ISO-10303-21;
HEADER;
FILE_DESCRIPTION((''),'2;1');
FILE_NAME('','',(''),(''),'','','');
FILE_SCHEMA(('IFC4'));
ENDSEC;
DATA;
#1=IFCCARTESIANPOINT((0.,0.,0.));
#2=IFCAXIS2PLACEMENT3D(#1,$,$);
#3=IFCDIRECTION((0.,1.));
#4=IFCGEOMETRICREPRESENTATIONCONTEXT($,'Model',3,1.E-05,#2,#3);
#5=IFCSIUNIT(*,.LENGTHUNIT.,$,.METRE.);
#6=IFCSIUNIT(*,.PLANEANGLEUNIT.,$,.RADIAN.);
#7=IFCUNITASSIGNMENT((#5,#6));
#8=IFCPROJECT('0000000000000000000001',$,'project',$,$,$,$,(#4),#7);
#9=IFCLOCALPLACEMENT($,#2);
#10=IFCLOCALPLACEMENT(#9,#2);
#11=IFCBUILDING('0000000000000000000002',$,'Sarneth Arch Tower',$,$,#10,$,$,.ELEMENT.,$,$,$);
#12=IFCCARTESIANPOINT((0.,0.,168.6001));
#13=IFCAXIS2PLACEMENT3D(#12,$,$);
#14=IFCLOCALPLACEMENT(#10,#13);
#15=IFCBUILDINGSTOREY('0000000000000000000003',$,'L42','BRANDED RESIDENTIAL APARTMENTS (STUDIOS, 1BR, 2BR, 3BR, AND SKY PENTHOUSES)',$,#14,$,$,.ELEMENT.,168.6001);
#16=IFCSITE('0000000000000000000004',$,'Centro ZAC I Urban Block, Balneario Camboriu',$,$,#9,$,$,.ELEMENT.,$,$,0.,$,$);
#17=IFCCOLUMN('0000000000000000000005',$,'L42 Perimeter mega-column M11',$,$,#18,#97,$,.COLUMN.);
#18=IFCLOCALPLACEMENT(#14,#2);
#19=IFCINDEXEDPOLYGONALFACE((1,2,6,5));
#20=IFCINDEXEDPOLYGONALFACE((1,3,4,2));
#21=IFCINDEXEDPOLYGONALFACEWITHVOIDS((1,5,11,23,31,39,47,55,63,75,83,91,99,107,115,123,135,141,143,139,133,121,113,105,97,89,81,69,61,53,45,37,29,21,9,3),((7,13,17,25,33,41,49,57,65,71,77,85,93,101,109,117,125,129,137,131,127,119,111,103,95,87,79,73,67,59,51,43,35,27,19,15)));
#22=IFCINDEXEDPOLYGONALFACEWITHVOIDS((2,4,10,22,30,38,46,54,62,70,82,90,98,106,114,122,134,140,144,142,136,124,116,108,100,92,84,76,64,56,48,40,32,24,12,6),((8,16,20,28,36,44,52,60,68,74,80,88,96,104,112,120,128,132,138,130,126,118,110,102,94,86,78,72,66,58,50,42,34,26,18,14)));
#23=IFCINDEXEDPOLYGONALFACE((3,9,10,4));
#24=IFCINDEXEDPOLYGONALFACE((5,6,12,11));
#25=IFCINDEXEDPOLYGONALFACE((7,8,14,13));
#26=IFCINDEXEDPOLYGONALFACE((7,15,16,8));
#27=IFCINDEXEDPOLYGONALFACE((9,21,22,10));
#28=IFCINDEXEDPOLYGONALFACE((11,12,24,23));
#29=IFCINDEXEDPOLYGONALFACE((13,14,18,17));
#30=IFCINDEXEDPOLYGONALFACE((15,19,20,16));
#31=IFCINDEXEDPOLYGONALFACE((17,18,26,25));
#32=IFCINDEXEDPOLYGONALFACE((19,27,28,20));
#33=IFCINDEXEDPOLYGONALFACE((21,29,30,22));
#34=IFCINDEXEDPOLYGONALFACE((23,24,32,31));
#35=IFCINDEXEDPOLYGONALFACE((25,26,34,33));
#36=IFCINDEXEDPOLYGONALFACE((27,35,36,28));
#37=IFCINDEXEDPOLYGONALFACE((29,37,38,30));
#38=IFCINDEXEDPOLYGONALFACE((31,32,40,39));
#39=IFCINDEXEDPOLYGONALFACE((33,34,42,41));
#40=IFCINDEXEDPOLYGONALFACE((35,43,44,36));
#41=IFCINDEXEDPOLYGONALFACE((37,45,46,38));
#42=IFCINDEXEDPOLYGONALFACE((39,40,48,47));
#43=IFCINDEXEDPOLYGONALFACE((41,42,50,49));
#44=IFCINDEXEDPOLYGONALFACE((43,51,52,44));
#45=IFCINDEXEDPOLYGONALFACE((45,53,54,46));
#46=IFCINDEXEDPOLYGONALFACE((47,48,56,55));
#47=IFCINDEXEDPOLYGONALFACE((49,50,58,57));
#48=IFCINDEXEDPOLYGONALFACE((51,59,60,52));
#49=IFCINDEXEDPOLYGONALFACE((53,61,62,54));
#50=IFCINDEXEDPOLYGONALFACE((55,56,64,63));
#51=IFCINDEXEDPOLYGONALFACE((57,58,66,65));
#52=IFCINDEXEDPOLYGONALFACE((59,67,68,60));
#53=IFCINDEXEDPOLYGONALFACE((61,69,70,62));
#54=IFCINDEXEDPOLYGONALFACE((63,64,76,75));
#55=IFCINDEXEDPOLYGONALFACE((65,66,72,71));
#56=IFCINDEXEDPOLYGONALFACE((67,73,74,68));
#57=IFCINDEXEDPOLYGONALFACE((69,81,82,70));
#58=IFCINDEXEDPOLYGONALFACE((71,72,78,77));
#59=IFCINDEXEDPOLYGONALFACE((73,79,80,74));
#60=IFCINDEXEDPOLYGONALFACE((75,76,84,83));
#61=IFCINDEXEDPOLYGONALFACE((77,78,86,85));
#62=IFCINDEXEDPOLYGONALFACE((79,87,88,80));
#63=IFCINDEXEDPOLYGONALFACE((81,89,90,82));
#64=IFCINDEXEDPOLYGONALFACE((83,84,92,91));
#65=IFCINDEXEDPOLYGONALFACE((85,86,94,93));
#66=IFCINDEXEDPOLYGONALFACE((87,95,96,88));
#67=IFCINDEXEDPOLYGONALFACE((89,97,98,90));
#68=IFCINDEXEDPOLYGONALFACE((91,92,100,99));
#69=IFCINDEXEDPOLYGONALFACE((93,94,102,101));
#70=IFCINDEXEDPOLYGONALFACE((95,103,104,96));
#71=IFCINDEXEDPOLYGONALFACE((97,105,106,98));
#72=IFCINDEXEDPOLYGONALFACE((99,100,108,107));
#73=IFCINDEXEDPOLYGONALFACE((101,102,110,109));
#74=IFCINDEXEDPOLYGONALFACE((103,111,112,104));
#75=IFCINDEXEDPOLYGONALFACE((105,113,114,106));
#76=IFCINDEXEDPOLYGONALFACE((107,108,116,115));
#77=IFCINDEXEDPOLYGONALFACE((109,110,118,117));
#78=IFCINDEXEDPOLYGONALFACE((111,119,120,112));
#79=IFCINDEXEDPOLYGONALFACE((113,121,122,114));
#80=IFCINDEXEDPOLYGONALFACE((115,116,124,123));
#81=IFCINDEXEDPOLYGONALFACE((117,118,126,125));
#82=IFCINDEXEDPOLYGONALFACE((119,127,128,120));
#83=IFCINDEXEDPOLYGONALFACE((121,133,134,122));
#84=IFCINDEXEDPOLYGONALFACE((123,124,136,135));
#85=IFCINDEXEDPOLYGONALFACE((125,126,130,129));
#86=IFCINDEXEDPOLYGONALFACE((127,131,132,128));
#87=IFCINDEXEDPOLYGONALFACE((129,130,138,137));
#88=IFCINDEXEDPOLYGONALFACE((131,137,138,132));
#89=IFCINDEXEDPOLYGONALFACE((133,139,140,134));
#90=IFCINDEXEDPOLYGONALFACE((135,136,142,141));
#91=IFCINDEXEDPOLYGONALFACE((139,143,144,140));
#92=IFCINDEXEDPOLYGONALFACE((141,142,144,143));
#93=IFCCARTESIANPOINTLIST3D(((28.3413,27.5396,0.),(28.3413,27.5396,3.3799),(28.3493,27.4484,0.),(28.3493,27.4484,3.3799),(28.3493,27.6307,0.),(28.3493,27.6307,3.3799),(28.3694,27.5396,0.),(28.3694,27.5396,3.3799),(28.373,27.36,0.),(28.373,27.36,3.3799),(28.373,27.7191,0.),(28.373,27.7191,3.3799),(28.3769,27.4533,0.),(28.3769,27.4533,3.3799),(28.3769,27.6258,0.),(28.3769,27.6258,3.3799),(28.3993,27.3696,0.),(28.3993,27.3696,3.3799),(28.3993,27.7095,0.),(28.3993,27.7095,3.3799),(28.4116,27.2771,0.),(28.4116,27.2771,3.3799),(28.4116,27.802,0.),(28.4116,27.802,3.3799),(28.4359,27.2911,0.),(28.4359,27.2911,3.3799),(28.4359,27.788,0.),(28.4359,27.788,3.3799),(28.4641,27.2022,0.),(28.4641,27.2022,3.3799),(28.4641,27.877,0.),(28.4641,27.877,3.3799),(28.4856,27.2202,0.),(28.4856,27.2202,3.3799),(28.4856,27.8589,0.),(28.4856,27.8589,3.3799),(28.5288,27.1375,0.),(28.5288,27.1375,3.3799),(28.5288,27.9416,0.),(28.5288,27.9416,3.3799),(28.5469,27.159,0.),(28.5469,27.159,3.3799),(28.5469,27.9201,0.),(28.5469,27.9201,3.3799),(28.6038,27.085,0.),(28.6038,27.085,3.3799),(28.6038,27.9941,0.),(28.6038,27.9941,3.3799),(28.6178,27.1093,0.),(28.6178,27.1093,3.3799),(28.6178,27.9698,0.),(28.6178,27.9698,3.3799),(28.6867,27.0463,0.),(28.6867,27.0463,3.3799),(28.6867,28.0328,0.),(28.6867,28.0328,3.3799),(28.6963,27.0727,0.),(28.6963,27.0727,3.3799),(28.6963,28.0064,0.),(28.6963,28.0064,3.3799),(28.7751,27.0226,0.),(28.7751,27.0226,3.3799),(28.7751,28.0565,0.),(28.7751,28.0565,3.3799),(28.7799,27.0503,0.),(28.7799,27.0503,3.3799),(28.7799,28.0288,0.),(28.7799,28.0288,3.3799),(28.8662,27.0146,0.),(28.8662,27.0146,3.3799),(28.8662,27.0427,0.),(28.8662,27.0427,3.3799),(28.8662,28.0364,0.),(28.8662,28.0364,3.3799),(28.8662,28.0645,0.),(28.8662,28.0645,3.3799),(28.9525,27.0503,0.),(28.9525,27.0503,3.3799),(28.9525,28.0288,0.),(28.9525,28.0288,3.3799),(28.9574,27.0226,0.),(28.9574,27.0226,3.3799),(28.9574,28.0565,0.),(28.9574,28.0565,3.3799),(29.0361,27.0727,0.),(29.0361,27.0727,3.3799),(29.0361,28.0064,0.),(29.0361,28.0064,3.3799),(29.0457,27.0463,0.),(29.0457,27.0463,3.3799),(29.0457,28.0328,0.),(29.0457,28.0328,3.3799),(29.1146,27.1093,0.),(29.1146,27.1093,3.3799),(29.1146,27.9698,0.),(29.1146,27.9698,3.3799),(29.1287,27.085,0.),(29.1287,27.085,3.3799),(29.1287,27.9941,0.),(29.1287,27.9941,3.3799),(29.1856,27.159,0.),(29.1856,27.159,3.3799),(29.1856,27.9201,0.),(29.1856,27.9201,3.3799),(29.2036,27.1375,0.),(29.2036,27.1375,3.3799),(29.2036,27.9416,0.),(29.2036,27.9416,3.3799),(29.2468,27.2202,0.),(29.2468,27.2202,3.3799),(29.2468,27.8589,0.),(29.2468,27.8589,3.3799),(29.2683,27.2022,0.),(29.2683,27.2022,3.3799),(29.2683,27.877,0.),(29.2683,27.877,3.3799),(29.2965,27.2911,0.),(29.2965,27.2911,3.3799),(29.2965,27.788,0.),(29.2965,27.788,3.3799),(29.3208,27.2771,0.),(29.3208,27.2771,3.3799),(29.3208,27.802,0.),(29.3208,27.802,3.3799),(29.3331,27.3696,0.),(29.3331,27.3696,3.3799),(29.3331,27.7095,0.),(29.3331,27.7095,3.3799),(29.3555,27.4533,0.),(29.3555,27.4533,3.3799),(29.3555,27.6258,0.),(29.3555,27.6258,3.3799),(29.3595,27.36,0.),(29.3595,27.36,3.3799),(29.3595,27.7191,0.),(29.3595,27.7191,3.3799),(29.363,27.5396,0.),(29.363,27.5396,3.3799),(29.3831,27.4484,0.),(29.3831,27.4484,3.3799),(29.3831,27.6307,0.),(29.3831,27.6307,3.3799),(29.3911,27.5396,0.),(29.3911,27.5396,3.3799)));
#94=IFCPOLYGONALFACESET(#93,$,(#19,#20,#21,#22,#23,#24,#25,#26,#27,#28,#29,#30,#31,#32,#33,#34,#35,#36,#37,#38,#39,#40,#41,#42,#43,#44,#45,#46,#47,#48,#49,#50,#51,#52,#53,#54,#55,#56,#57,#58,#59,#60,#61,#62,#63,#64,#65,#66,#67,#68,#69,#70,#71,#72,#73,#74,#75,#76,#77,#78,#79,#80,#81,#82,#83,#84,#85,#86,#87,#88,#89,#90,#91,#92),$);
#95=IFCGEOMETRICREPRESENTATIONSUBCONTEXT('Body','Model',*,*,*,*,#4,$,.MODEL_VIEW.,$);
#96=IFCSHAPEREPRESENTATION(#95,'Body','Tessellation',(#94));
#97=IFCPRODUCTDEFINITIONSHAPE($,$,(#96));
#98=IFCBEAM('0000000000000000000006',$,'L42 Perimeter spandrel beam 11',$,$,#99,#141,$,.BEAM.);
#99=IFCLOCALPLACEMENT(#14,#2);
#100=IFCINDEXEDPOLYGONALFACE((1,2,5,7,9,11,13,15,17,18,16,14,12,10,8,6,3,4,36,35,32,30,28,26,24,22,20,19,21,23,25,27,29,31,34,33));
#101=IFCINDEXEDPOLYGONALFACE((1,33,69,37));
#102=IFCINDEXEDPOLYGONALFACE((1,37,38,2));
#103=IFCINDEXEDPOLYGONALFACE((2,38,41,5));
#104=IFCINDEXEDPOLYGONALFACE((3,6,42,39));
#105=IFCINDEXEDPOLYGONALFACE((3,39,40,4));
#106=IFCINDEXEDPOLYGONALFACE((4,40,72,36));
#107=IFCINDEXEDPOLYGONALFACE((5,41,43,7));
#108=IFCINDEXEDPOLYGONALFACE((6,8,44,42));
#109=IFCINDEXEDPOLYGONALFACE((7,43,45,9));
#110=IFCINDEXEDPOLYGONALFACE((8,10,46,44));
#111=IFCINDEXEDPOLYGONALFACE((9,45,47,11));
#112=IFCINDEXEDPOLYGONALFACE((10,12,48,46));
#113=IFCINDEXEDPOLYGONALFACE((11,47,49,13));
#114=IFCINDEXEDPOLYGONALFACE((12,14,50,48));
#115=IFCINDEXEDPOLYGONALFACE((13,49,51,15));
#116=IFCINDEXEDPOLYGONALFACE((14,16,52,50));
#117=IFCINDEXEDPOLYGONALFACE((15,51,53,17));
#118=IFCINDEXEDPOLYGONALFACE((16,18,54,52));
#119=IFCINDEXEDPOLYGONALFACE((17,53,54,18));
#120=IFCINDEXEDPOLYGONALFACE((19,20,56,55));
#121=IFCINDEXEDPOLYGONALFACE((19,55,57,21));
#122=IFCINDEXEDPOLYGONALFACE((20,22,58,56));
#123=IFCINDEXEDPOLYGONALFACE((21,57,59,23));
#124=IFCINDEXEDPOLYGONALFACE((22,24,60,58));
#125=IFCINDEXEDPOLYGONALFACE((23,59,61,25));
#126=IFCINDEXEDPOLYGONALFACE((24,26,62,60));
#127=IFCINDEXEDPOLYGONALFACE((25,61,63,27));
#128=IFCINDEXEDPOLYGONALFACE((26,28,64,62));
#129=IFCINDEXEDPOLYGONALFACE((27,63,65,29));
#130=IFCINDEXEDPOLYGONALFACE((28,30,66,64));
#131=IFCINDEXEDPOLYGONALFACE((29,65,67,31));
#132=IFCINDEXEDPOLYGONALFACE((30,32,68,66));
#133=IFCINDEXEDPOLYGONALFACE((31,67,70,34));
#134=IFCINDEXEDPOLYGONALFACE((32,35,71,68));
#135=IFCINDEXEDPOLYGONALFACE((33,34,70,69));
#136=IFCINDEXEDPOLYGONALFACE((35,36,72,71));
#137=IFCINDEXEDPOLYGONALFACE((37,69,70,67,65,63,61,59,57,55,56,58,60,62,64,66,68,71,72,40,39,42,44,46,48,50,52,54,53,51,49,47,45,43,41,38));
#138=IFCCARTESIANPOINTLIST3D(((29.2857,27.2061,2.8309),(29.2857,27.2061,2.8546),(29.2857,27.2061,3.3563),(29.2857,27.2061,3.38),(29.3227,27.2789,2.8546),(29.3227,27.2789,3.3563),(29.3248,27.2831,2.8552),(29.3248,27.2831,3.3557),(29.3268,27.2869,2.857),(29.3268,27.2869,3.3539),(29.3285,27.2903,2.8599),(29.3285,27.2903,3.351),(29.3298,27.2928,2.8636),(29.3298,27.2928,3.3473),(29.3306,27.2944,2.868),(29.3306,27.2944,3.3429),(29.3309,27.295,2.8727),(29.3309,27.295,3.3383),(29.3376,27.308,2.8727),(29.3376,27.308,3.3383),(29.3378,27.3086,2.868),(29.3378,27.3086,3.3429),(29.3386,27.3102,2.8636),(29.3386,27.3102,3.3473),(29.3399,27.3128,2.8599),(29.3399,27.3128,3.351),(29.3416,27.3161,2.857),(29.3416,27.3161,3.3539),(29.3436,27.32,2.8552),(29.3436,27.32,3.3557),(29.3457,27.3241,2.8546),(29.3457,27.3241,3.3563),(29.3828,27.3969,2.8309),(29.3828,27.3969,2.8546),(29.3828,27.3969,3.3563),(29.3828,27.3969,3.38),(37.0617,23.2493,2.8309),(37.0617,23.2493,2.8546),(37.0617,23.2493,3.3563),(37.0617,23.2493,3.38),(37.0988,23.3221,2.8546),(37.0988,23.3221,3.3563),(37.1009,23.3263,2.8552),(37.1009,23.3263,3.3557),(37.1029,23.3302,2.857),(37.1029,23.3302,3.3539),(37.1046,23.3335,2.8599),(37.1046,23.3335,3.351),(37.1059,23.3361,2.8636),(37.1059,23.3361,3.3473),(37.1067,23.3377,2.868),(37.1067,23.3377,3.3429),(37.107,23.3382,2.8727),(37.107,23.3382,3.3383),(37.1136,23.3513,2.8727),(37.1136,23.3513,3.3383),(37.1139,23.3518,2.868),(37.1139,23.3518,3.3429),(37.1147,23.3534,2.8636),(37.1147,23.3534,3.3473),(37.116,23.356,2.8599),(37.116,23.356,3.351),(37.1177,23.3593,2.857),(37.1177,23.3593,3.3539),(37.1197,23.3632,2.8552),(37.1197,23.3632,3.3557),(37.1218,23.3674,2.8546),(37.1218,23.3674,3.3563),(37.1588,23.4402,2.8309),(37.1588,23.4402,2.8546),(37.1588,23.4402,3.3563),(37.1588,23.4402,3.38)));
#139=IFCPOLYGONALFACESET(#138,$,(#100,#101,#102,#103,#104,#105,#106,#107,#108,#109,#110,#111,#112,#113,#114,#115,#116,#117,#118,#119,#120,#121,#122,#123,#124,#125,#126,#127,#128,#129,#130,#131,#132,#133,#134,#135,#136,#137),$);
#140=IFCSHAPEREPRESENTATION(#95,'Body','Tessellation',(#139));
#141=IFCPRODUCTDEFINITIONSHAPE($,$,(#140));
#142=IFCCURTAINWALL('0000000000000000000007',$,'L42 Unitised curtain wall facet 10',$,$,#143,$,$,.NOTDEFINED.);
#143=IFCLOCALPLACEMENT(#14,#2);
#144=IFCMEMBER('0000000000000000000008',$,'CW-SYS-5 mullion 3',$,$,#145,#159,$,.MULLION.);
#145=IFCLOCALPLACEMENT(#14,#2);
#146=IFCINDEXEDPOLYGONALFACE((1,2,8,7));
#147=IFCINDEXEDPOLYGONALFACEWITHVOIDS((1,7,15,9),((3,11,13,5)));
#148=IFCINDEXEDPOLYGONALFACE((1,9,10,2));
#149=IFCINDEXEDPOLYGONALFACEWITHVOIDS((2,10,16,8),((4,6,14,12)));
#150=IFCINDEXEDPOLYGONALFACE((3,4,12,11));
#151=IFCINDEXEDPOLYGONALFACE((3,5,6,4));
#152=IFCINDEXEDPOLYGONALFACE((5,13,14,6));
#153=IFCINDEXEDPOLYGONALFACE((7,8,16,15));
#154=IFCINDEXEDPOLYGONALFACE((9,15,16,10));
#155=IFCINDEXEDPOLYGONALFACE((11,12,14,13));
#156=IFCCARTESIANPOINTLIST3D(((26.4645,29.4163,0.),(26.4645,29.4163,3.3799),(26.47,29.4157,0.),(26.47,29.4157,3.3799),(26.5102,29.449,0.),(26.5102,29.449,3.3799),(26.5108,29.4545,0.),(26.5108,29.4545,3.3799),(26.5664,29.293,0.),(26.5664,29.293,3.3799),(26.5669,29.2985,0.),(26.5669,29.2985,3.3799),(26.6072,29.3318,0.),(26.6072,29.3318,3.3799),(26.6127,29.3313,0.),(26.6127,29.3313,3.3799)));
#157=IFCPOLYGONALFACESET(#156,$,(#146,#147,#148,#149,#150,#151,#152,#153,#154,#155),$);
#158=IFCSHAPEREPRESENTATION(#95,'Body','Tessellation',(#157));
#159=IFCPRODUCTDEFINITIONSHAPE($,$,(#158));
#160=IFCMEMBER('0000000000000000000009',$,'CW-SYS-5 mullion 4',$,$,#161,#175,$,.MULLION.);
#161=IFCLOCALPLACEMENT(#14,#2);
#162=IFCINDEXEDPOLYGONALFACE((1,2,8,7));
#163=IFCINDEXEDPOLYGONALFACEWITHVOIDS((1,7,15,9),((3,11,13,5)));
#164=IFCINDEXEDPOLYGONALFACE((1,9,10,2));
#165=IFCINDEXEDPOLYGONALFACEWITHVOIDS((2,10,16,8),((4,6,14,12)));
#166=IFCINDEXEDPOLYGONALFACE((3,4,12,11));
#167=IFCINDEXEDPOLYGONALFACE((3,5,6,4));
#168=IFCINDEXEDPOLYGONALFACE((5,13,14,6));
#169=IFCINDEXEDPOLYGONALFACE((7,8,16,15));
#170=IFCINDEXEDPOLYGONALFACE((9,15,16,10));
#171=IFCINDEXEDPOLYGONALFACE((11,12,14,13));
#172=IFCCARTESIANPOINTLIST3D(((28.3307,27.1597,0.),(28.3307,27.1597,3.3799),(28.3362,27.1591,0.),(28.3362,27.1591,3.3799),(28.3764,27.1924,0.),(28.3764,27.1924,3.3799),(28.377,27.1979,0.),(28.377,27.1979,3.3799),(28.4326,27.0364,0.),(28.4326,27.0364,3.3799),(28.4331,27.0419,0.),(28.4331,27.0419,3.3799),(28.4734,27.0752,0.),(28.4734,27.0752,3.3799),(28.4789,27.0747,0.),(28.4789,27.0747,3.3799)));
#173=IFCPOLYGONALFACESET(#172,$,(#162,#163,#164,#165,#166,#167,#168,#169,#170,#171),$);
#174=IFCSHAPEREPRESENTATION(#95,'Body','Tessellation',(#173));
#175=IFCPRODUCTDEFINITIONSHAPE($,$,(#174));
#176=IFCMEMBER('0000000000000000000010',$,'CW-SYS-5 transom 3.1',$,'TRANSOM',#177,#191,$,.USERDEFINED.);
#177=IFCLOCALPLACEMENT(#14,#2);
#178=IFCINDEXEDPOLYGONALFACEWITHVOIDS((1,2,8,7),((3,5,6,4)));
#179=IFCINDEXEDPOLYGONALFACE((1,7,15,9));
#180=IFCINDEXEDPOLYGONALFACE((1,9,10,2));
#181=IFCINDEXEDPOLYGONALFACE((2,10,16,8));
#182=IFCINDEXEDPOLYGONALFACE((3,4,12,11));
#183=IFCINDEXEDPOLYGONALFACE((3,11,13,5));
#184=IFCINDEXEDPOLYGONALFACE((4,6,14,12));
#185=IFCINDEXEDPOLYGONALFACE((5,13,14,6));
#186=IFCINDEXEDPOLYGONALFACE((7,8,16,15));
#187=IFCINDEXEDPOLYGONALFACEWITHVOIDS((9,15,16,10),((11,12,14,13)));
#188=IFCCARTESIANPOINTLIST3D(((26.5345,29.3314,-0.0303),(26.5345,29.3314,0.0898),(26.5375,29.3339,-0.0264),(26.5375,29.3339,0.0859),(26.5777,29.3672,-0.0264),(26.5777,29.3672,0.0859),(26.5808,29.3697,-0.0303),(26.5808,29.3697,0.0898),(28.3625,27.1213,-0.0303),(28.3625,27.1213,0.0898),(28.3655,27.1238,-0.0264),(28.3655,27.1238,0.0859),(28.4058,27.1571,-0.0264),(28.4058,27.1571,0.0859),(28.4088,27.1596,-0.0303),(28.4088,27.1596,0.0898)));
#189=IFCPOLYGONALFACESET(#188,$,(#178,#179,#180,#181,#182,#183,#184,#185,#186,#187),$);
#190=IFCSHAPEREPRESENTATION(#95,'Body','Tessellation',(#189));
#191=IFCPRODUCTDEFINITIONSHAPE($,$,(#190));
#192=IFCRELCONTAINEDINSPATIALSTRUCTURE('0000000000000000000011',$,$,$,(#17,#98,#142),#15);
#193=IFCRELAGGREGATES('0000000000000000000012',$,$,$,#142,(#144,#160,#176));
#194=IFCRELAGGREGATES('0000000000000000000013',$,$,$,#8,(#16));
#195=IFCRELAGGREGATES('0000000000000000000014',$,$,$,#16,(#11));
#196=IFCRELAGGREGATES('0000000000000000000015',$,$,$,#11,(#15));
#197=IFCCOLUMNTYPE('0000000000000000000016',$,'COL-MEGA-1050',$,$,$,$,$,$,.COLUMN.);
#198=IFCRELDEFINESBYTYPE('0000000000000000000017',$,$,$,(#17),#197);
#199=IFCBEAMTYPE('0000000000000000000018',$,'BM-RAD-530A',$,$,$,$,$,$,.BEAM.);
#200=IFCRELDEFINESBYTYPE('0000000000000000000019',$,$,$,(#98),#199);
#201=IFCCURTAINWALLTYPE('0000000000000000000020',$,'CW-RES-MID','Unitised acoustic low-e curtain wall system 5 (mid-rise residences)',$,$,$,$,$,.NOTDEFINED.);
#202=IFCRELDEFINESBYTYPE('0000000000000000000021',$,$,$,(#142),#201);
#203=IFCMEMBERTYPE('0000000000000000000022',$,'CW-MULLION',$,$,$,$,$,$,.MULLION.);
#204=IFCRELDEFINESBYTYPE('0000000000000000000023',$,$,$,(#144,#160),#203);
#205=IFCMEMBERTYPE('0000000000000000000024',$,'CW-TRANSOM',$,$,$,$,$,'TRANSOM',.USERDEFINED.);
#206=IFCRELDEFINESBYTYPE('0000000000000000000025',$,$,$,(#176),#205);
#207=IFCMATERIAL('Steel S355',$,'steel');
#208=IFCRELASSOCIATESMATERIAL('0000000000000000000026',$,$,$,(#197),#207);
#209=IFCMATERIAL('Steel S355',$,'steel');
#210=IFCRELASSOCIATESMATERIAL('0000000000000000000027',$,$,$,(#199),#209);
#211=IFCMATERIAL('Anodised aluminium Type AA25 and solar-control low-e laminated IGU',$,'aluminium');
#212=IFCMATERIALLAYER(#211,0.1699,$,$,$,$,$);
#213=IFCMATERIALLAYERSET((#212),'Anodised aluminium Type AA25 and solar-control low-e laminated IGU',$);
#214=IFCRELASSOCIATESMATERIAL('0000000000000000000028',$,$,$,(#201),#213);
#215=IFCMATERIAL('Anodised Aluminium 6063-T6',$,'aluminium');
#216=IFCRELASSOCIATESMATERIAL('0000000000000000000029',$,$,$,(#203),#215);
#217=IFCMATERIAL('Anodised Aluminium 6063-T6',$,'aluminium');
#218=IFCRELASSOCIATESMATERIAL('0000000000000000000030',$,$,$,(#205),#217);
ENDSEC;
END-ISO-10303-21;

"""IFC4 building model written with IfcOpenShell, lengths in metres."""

from ifc_helpers import new_model, si_unit, direction, frame, origin, origin_2d, place, context, subcontext, project, spatial, hollow_rectangle, hollow_circle, i_section, extrude, material, layer, layer_set, material_profile, profile_set, type_object, element, aggregate, save


model = new_model("IFC4")

# Units and contexts
model_context = context("Model", 3, precision=1e-05, world=origin(), true_north=direction((0.0, 1.0)))
body_context = subcontext(model_context, "Body", "Model", "MODEL_VIEW")
ifc_project = project(units=[si_unit("LENGTHUNIT", "METRE"), si_unit("PLANEANGLEUNIT", "RADIAN")], contexts=[model_context])

# Site, building, storey
site_placement = place(None, origin())
site = spatial("IfcSite", under=ifc_project, at=site_placement, Name="Centro ZAC I Urban Block, Balneario Camboriu", CompositionType="ELEMENT", RefElevation=0.0)
building_placement = place(site_placement, origin())
building = spatial("IfcBuilding", under=site, at=building_placement, Name="Sarneth Arch Tower", CompositionType="ELEMENT")
storey_placement = place(building_placement, frame((0.0, 0.0, 168.6001)))
storey = spatial("IfcBuildingStorey", under=building, at=storey_placement, Name="L42", Description="BRANDED RESIDENTIAL APARTMENTS (STUDIOS, 1BR, 2BR, 3BR, AND SKY PENTHOUSES)", CompositionType="ELEMENT", Elevation=168.6001)

# Column
ifc_material_1 = material(Name="Steel S355", Category="steel")
ifc_material_profile_1 = material_profile(ifc_material_1, hollow_circle(Radius=0.5249, WallThickness=0.0281, at=origin_2d()), Name="CHS1050x28")
ifc_profile_set_1 = profile_set([ifc_material_profile_1], Name="Steel S355")
column_type = type_object("IfcColumnType", Name="COL-MEGA-1050", PredefinedType="COLUMN", material=ifc_profile_set_1)
column_placement = place(storey_placement, frame((28.8662, 27.5396, 0.0), z_axis=(0.0, 0.0, 1.0), x_axis=(1.0, 0.0, 0.0)))
element("IfcColumn", 1, at=column_placement, inside=storey, type_object=column_type, Name="L42 Perimeter mega-column M11", PredefinedType="COLUMN", context=body_context, shape_type="SweptSolid", body=[
    extrude(hollow_circle(Radius=0.5249, WallThickness=0.0281, at=origin_2d()), origin(), (0.0, 0.0, 1.0), 3.3799),
])

# Beam
ifc_material_2 = material(Name="Steel S355", Category="steel")
ifc_material_profile_2 = material_profile(ifc_material_2, i_section(OverallWidth=0.2141, OverallDepth=0.5491, WebThickness=0.0146, FlangeThickness=0.0237, FilletRadius=0.0181, at=origin_2d()), Name="W530x138")
ifc_profile_set_2 = profile_set([ifc_material_profile_2], Name="Steel S355")
beam_type = type_object("IfcBeamType", Name="BM-RAD-530A", PredefinedType="BEAM", material=ifc_profile_set_2)
beam_placement = place(storey_placement, frame((29.3342, 27.3015, 3.1055), z_axis=(0.891254, -0.453504, 0.0), x_axis=(0.453504, 0.891254, 0.0)))
element("IfcBeam", 2, at=beam_placement, inside=storey, type_object=beam_type, Name="L42 Perimeter spandrel beam 11", PredefinedType="BEAM", context=body_context, shape_type="SweptSolid", body=[
    extrude(i_section(OverallWidth=0.2141, OverallDepth=0.5491, WebThickness=0.0146, FlangeThickness=0.0237, FilletRadius=0.0181, at=origin_2d()), origin(), (0.0, 0.0, 1.0), 8.7249),
])

# Curtain wall, members
ifc_material_3 = material(Name="Anodised aluminium Type AA25 and solar-control low-e laminated IGU", Category="aluminium")
ifc_layer_1 = layer(ifc_material_3, 0.1699)
ifc_layer_set_1 = layer_set([ifc_layer_1], Name="Anodised aluminium Type AA25 and solar-control low-e laminated IGU")
curtain_wall_type = type_object("IfcCurtainWallType", Name="CW-RES-MID", Description="Unitised acoustic low-e curtain wall system 5 (mid-rise residences)", PredefinedType="NOTDEFINED", material=ifc_layer_set_1)
curtain_wall_placement = place(storey_placement, origin())
curtain_wall = element("IfcCurtainWall", 3, at=curtain_wall_placement, inside=storey, type_object=curtain_wall_type, Name="L42 Unitised curtain wall facet 10", PredefinedType="NOTDEFINED")
ifc_material_4 = material(Name="Anodised Aluminium 6063-T6", Category="aluminium")
ifc_material_profile_3 = material_profile(ifc_material_4, hollow_rectangle(XDim=0.0601, YDim=0.1599, WallThickness=0.0039, at=origin_2d()), Name="AL-MULL-160x60x4")
ifc_profile_set_3 = profile_set([ifc_material_profile_3], Name="Anodised Aluminium 6063-T6")
member_type_1 = type_object("IfcMemberType", Name="CW-MULLION", PredefinedType="MULLION", material=ifc_profile_set_3)
member_1_placement = place(storey_placement, frame((26.5386, 29.3738, 0.0), z_axis=(0.0, 0.0, 1.0), x_axis=(0.770591, 0.63733, 0.0)))
member_1 = element("IfcMember", 4, at=member_1_placement, type_object=member_type_1, Name="CW-SYS-5 mullion 3", PredefinedType="MULLION", context=body_context, shape_type="SweptSolid", body=[
    extrude(hollow_rectangle(XDim=0.0601, YDim=0.1599, WallThickness=0.0039, at=origin_2d()), origin(), (0.0, 0.0, 1.0), 3.3799),
])
member_2_placement = place(storey_placement, frame((28.4048, 27.1172, 0.0), z_axis=(0.0, 0.0, 1.0), x_axis=(0.770591, 0.63733, 0.0)))
member_2 = element("IfcMember", 5, at=member_2_placement, type_object=member_type_1, Name="CW-SYS-5 mullion 4", PredefinedType="MULLION", context=body_context, shape_type="SweptSolid", body=[
    extrude(hollow_rectangle(XDim=0.0601, YDim=0.1599, WallThickness=0.0039, at=origin_2d()), origin(), (0.0, 0.0, 1.0), 3.3799),
])
ifc_material_5 = material(Name="Anodised Aluminium 6063-T6", Category="aluminium")
ifc_material_profile_4 = material_profile(ifc_material_5, hollow_rectangle(XDim=0.0601, YDim=0.1201, WallThickness=0.0039, at=origin_2d()), Name="AL-TRAN-120x60x4")
ifc_profile_set_4 = profile_set([ifc_material_profile_4], Name="Anodised Aluminium 6063-T6")
member_type_2 = type_object("IfcMemberType", Name="CW-TRANSOM", ElementType="TRANSOM", PredefinedType="USERDEFINED", material=ifc_profile_set_4)
member_3_placement = place(storey_placement, frame((26.5576, 29.3506, 0.0298), z_axis=(0.637359, -0.770567, 0.0), x_axis=(0.770567, 0.637359, 0.0)))
member_3 = element("IfcMember", 6, at=member_3_placement, type_object=member_type_2, Name="CW-SYS-5 transom 3.1", ObjectType="TRANSOM", PredefinedType="USERDEFINED", context=body_context, shape_type="SweptSolid", body=[
    extrude(hollow_rectangle(XDim=0.0601, YDim=0.1201, WallThickness=0.0039, at=origin_2d()), origin(), (0.0, 0.0, 1.0), 2.8682),
])

aggregate(curtain_wall, [member_1, member_2, member_3])

save(model, "model.ifc")
